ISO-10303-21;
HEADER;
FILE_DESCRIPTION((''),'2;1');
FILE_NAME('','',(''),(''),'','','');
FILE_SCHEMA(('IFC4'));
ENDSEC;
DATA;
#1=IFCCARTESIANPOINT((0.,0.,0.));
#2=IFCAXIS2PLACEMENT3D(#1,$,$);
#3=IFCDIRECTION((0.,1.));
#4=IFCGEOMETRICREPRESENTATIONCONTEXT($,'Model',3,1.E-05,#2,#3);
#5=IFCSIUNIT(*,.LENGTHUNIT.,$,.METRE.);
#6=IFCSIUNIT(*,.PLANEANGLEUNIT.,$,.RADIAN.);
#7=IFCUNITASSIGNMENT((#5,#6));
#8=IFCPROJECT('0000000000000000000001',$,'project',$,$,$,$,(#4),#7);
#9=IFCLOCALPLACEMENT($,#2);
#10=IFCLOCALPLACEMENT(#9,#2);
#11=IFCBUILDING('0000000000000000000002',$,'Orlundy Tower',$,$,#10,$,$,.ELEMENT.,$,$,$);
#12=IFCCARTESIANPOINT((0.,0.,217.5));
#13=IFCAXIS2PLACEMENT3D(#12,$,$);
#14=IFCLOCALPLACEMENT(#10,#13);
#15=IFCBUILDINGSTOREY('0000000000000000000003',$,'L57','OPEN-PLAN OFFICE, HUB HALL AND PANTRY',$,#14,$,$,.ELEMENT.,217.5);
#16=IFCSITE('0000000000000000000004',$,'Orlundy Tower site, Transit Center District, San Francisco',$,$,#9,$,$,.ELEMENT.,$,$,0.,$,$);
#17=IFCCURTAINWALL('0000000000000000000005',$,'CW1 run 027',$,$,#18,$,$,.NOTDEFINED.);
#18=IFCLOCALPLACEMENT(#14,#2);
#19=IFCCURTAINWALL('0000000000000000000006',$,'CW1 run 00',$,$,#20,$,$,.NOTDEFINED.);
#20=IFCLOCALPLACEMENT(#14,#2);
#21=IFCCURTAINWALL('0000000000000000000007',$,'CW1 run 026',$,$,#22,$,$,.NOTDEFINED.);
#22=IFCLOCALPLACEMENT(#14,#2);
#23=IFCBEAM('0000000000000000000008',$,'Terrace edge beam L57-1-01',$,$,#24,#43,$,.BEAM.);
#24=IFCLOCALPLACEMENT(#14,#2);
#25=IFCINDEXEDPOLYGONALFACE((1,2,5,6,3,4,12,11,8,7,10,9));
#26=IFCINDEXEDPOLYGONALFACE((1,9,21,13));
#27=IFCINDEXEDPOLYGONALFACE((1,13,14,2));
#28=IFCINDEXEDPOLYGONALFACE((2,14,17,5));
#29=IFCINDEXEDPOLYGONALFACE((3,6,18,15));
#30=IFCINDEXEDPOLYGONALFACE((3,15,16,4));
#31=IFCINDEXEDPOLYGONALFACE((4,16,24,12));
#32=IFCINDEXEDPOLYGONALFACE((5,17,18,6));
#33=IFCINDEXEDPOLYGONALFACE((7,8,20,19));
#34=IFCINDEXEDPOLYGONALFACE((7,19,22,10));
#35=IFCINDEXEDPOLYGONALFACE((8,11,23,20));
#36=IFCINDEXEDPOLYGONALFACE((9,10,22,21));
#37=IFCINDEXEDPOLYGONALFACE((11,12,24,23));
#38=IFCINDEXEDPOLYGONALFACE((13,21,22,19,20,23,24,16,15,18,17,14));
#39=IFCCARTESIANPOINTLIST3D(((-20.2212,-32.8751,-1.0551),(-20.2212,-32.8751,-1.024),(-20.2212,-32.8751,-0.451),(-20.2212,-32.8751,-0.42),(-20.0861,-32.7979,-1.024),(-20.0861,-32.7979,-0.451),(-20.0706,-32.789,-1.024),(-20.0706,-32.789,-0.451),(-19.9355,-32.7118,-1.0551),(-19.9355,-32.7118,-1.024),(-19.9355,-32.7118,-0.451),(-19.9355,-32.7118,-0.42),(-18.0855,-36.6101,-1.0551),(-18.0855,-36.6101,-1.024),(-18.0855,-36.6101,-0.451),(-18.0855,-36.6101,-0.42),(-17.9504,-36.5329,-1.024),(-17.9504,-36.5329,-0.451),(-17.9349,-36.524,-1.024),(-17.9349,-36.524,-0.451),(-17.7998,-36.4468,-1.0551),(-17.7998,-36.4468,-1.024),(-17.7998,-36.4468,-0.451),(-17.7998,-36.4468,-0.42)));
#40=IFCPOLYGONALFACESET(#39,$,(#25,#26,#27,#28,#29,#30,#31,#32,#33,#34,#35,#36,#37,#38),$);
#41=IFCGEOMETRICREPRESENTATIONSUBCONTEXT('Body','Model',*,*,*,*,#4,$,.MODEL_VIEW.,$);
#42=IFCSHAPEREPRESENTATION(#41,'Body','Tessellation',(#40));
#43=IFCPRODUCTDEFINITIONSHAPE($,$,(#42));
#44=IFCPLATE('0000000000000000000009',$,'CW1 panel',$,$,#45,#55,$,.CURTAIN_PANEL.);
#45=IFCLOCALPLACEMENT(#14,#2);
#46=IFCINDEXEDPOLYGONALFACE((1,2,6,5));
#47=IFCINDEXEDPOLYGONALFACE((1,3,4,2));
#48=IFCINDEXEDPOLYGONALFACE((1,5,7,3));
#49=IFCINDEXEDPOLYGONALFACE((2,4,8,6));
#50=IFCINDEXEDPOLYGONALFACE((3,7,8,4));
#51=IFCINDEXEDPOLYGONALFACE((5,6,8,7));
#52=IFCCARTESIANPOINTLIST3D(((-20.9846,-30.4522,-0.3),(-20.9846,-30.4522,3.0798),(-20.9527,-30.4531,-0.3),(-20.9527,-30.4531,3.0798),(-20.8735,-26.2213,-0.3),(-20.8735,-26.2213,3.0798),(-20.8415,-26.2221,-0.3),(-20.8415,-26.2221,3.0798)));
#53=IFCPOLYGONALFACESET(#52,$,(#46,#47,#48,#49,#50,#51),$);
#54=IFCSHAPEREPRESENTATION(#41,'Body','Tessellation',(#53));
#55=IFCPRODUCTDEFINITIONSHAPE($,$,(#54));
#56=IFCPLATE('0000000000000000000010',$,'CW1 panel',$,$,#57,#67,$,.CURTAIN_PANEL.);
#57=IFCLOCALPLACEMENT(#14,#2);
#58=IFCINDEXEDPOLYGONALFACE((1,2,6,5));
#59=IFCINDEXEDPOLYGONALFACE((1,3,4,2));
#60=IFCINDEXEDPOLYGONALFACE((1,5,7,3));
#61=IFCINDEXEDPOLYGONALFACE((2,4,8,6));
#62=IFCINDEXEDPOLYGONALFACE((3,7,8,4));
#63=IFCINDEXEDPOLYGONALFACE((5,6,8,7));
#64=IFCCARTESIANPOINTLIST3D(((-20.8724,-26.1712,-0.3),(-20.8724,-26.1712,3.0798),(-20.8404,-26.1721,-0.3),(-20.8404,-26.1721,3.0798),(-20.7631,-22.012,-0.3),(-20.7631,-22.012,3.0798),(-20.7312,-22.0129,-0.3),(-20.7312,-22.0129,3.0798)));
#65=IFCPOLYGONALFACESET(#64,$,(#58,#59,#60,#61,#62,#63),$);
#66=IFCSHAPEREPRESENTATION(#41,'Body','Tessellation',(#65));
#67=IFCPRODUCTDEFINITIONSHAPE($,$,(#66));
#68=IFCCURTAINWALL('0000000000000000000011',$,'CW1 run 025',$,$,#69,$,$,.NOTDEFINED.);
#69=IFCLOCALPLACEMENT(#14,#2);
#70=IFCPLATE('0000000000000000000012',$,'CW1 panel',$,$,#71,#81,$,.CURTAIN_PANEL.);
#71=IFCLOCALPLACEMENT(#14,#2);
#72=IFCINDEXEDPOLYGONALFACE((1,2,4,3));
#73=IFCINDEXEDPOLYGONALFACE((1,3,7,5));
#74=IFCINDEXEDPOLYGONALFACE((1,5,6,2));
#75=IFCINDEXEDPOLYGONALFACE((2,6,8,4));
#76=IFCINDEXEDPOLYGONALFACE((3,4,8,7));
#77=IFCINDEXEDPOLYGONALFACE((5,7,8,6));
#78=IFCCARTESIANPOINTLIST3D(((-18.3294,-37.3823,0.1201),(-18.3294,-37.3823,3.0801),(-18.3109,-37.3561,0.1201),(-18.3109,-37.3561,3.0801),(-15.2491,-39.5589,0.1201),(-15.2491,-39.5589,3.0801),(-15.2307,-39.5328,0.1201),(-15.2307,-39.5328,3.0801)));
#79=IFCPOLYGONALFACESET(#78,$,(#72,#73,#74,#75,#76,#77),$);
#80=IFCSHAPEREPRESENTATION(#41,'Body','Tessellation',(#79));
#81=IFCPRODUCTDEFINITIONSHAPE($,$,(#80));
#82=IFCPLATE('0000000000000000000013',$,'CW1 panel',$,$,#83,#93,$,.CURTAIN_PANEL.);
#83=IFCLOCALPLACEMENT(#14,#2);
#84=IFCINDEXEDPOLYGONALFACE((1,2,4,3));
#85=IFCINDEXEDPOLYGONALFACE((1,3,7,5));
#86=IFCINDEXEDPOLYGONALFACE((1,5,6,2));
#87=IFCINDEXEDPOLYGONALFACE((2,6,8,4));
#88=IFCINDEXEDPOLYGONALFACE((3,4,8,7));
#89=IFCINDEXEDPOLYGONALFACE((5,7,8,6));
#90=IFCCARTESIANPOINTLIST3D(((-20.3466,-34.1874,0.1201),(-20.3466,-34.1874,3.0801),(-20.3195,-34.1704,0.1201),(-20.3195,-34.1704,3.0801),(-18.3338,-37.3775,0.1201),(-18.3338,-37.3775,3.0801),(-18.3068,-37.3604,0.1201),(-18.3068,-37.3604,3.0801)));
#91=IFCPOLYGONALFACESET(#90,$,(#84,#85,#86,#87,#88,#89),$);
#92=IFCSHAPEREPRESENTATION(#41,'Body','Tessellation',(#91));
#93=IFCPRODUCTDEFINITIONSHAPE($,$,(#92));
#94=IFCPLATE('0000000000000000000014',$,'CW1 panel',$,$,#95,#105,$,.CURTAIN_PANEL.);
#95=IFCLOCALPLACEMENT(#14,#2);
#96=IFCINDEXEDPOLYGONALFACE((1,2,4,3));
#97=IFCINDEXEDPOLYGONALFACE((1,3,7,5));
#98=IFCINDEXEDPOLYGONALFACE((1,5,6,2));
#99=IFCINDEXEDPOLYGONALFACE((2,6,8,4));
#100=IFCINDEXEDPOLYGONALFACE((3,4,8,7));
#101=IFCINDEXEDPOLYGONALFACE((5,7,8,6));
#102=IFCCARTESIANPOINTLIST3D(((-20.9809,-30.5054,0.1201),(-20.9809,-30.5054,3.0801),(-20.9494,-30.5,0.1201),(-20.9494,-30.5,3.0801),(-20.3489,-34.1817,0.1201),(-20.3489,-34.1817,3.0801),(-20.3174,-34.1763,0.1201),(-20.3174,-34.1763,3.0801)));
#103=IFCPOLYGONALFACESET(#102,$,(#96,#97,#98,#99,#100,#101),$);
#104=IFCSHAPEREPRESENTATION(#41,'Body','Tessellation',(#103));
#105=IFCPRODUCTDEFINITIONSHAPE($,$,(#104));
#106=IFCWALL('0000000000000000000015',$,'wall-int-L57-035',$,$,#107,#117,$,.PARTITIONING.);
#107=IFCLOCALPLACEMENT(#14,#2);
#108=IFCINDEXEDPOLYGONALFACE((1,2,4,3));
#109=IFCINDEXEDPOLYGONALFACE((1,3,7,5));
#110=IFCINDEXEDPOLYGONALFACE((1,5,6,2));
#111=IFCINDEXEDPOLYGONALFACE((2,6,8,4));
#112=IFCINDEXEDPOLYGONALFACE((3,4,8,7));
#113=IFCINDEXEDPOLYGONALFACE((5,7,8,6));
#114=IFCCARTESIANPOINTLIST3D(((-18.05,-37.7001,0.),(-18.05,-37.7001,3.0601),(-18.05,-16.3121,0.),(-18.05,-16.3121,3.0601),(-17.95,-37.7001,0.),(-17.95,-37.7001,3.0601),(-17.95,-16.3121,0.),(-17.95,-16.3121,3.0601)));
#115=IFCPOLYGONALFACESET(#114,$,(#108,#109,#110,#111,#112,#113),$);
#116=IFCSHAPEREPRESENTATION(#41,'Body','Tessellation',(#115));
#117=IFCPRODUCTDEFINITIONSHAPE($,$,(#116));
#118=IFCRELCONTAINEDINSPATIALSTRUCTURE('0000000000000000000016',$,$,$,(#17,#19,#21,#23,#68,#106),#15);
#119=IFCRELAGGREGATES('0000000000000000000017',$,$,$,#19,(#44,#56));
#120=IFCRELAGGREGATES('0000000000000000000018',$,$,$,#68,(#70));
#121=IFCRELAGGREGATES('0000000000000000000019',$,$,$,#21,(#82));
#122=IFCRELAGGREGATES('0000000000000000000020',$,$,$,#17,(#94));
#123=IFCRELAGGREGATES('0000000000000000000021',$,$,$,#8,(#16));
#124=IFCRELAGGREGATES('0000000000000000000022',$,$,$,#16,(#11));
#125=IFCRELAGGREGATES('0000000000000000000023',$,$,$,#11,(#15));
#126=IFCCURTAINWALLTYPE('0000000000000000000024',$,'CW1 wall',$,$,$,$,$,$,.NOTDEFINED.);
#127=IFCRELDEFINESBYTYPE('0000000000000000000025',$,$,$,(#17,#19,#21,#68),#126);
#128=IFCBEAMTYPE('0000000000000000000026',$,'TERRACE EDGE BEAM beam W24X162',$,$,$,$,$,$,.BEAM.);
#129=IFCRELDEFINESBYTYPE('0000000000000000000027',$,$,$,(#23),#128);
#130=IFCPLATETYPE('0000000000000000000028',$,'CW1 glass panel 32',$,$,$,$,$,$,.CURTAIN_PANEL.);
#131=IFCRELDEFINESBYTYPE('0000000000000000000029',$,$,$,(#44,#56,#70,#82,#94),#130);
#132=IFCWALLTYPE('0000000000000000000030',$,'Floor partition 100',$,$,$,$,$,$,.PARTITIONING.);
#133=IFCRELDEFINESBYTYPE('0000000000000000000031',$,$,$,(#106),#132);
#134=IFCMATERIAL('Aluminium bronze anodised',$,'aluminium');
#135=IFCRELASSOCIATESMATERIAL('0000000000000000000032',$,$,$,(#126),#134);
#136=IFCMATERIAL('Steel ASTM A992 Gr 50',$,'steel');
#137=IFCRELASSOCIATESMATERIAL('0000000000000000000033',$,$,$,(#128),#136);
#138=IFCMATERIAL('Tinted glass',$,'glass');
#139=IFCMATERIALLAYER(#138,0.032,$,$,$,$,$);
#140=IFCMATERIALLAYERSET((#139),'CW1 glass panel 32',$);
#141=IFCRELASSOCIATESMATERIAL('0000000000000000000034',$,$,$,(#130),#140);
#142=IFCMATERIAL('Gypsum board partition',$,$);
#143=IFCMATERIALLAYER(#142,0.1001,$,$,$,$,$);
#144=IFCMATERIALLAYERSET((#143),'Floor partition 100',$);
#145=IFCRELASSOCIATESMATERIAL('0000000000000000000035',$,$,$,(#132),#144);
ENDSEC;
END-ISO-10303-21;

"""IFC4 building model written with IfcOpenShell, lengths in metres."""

from ifc_helpers import new_model, si_unit, direction, frame, frame_2d, origin, origin_2d, place, context, subcontext, project, spatial, rectangle, i_section, extrude, material, layer, layer_set, material_profile, profile_set, type_object, element, aggregate, save


model = new_model("IFC4")

# Units and contexts
model_context = context("Model", 3, precision=1e-05, world=origin(), true_north=direction((0.0, 1.0)))
body_context = subcontext(model_context, "Body", "Model", "MODEL_VIEW")
ifc_project = project(units=[si_unit("LENGTHUNIT", "METRE"), si_unit("PLANEANGLEUNIT", "RADIAN")], contexts=[model_context])

# Site, building, storey
site_placement = place(None, origin())
site = spatial("IfcSite", under=ifc_project, at=site_placement, Name="Orlundy Tower site, Transit Center District, San Francisco", CompositionType="ELEMENT", RefElevation=0.0)
building_placement = place(site_placement, origin())
building = spatial("IfcBuilding", under=site, at=building_placement, Name="Orlundy Tower", CompositionType="ELEMENT")
storey_placement = place(building_placement, frame((0.0, 0.0, 217.5)))
storey = spatial("IfcBuildingStorey", under=building, at=storey_placement, Name="L57", Description="OPEN-PLAN OFFICE, HUB HALL AND PANTRY", CompositionType="ELEMENT", Elevation=217.5)

# Curtain wall
ifc_material_1 = material(Name="Aluminium bronze anodised", Category="aluminium")
curtain_wall_type = type_object("IfcCurtainWallType", Name="CW1 wall", PredefinedType="NOTDEFINED", material=ifc_material_1)
curtain_wall_1_placement = place(storey_placement, origin())
curtain_wall_1 = element("IfcCurtainWall", 1, at=curtain_wall_1_placement, inside=storey, type_object=curtain_wall_type, Name="CW1 run 027", PredefinedType="NOTDEFINED")

# Curtain wall
curtain_wall_2_placement = place(storey_placement, origin())
curtain_wall_2 = element("IfcCurtainWall", 2, at=curtain_wall_2_placement, inside=storey, type_object=curtain_wall_type, Name="CW1 run 00", PredefinedType="NOTDEFINED")

# Curtain wall
curtain_wall_3_placement = place(storey_placement, origin())
curtain_wall_3 = element("IfcCurtainWall", 3, at=curtain_wall_3_placement, inside=storey, type_object=curtain_wall_type, Name="CW1 run 026", PredefinedType="NOTDEFINED")

# Beam
ifc_material_2 = material(Name="Steel ASTM A992 Gr 50", Category="steel")
ifc_material_profile_1 = material_profile(ifc_material_2, i_section(OverallWidth=0.3291, OverallDepth=0.635, WebThickness=0.0178, FlangeThickness=0.031, at=origin_2d()), Name="W24X162")
ifc_profile_set_1 = profile_set([ifc_material_profile_1], Name="Steel ASTM A992 Gr 50")
beam_type = type_object("IfcBeamType", Name="TERRACE EDGE BEAM beam W24X162", PredefinedType="BEAM", material=ifc_profile_set_1)
beam_placement = place(storey_placement, frame((-20.0784, -32.7935, -0.7375), z_axis=(0.496383, -0.868103, 0.0), x_axis=(0.868103, 0.496383, 0.0)))
element("IfcBeam", 4, at=beam_placement, inside=storey, type_object=beam_type, Name="Terrace edge beam L57-1-01", PredefinedType="BEAM", context=body_context, shape_type="SweptSolid", body=[
    extrude(i_section(OverallWidth=0.3291, OverallDepth=0.635, WebThickness=0.0178, FlangeThickness=0.031, at=origin_2d()), origin(), (0.0, 0.0, 1.0), 4.3025),
])

# Plates
ifc_material_3 = material(Name="Tinted glass", Category="glass")
ifc_layer_1 = layer(ifc_material_3, 0.032)
ifc_layer_set_1 = layer_set([ifc_layer_1], Name="CW1 glass panel 32")
plate_type = type_object("IfcPlateType", Name="CW1 glass panel 32", PredefinedType="CURTAIN_PANEL", material=ifc_layer_set_1)
plate_1_placement = place(storey_placement, frame((-20.9131, -28.3372, -0.3), z_axis=(0.0, 0.0, 1.0), x_axis=(0.026251, 0.999655, 0.0)))
plate_1 = element("IfcPlate", 5, at=plate_1_placement, type_object=plate_type, Name="CW1 panel", PredefinedType="CURTAIN_PANEL", context=body_context, shape_type="SweptSolid", body=[
    extrude(rectangle(XDim=4.2324, YDim=0.032, at=origin_2d()), origin(), (0.0, 0.0, 1.0), 3.3799),
])
plate_2_placement = place(storey_placement, frame((-20.8018, -24.092, -0.3), z_axis=(0.0, 0.0, 1.0), x_axis=(0.026251, 0.999655, 0.0)))
plate_2 = element("IfcPlate", 6, at=plate_2_placement, type_object=plate_type, Name="CW1 panel", PredefinedType="CURTAIN_PANEL", context=body_context, shape_type="SweptSolid", body=[
    extrude(rectangle(XDim=4.1606, YDim=0.032, at=origin_2d()), origin(), (0.0, 0.0, 1.0), 3.3799),
])
aggregate(curtain_wall_2, [plate_1, plate_2])

# Curtain wall, plate
curtain_wall_4_placement = place(storey_placement, origin())
curtain_wall_4 = element("IfcCurtainWall", 7, at=curtain_wall_4_placement, inside=storey, type_object=curtain_wall_type, Name="CW1 run 025", PredefinedType="NOTDEFINED")
plate_3_placement = place(storey_placement, frame((-16.78, -38.4575, 0.1201), z_axis=(0.0, 0.0, 1.0), x_axis=(-0.816676, 0.577096, 0.0)))
plate_3 = element("IfcPlate", 8, at=plate_3_placement, type_object=plate_type, Name="CW1 panel", PredefinedType="CURTAIN_PANEL", context=body_context, shape_type="SweptSolid", body=[
    extrude(rectangle(XDim=3.7717, YDim=0.032, at=origin_2d()), origin(), (0.0, 0.0, 1.0), 2.96),
])
aggregate(curtain_wall_4, [plate_3])

# Plates
plate_4_placement = place(storey_placement, frame((-19.3267, -35.7739, 0.1201), z_axis=(0.0, 0.0, 1.0), x_axis=(-0.533607, 0.845732, 0.0)))
plate_4 = element("IfcPlate", 9, at=plate_4_placement, type_object=plate_type, Name="CW1 panel", PredefinedType="CURTAIN_PANEL", context=body_context, shape_type="SweptSolid", body=[
    extrude(rectangle(XDim=3.772, YDim=0.032, at=origin_2d()), origin(), (0.0, 0.0, 1.0), 2.96),
])
aggregate(curtain_wall_3, [plate_4])
plate_5_placement = place(storey_placement, frame((-20.6492, -32.3408, 0.1201), z_axis=(0.0, 0.0, 1.0), x_axis=(-0.169428, 0.985543, 0.0)))
plate_5 = element("IfcPlate", 10, at=plate_5_placement, type_object=plate_type, Name="CW1 panel", PredefinedType="CURTAIN_PANEL", context=body_context, shape_type="SweptSolid", body=[
    extrude(rectangle(XDim=3.7302, YDim=0.032, at=origin_2d()), origin(), (0.0, 0.0, 1.0), 2.96),
])
aggregate(curtain_wall_1, [plate_5])

# Wall
ifc_material_4 = material(Name="Gypsum board partition")
ifc_layer_2 = layer(ifc_material_4, 0.1001)
ifc_layer_set_2 = layer_set([ifc_layer_2], Name="Floor partition 100")
wall_type = type_object("IfcWallType", Name="Floor partition 100", PredefinedType="PARTITIONING", material=ifc_layer_set_2)
wall_placement = place(storey_placement, frame((-18.0, -37.7, 0.0), z_axis=(0.0, 0.0, 1.0), x_axis=(0.0, 1.0, 0.0)))
element("IfcWall", 11, at=wall_placement, inside=storey, type_object=wall_type, Name="wall-int-L57-035", PredefinedType="PARTITIONING", context=body_context, shape_type="SweptSolid", body=[
    extrude(rectangle(XDim=21.3879, YDim=0.1001, at=frame_2d((10.6938, 0.0))), origin(), (0.0, 0.0, 1.0), 3.0601),
])

save(model, "model.ifc")
